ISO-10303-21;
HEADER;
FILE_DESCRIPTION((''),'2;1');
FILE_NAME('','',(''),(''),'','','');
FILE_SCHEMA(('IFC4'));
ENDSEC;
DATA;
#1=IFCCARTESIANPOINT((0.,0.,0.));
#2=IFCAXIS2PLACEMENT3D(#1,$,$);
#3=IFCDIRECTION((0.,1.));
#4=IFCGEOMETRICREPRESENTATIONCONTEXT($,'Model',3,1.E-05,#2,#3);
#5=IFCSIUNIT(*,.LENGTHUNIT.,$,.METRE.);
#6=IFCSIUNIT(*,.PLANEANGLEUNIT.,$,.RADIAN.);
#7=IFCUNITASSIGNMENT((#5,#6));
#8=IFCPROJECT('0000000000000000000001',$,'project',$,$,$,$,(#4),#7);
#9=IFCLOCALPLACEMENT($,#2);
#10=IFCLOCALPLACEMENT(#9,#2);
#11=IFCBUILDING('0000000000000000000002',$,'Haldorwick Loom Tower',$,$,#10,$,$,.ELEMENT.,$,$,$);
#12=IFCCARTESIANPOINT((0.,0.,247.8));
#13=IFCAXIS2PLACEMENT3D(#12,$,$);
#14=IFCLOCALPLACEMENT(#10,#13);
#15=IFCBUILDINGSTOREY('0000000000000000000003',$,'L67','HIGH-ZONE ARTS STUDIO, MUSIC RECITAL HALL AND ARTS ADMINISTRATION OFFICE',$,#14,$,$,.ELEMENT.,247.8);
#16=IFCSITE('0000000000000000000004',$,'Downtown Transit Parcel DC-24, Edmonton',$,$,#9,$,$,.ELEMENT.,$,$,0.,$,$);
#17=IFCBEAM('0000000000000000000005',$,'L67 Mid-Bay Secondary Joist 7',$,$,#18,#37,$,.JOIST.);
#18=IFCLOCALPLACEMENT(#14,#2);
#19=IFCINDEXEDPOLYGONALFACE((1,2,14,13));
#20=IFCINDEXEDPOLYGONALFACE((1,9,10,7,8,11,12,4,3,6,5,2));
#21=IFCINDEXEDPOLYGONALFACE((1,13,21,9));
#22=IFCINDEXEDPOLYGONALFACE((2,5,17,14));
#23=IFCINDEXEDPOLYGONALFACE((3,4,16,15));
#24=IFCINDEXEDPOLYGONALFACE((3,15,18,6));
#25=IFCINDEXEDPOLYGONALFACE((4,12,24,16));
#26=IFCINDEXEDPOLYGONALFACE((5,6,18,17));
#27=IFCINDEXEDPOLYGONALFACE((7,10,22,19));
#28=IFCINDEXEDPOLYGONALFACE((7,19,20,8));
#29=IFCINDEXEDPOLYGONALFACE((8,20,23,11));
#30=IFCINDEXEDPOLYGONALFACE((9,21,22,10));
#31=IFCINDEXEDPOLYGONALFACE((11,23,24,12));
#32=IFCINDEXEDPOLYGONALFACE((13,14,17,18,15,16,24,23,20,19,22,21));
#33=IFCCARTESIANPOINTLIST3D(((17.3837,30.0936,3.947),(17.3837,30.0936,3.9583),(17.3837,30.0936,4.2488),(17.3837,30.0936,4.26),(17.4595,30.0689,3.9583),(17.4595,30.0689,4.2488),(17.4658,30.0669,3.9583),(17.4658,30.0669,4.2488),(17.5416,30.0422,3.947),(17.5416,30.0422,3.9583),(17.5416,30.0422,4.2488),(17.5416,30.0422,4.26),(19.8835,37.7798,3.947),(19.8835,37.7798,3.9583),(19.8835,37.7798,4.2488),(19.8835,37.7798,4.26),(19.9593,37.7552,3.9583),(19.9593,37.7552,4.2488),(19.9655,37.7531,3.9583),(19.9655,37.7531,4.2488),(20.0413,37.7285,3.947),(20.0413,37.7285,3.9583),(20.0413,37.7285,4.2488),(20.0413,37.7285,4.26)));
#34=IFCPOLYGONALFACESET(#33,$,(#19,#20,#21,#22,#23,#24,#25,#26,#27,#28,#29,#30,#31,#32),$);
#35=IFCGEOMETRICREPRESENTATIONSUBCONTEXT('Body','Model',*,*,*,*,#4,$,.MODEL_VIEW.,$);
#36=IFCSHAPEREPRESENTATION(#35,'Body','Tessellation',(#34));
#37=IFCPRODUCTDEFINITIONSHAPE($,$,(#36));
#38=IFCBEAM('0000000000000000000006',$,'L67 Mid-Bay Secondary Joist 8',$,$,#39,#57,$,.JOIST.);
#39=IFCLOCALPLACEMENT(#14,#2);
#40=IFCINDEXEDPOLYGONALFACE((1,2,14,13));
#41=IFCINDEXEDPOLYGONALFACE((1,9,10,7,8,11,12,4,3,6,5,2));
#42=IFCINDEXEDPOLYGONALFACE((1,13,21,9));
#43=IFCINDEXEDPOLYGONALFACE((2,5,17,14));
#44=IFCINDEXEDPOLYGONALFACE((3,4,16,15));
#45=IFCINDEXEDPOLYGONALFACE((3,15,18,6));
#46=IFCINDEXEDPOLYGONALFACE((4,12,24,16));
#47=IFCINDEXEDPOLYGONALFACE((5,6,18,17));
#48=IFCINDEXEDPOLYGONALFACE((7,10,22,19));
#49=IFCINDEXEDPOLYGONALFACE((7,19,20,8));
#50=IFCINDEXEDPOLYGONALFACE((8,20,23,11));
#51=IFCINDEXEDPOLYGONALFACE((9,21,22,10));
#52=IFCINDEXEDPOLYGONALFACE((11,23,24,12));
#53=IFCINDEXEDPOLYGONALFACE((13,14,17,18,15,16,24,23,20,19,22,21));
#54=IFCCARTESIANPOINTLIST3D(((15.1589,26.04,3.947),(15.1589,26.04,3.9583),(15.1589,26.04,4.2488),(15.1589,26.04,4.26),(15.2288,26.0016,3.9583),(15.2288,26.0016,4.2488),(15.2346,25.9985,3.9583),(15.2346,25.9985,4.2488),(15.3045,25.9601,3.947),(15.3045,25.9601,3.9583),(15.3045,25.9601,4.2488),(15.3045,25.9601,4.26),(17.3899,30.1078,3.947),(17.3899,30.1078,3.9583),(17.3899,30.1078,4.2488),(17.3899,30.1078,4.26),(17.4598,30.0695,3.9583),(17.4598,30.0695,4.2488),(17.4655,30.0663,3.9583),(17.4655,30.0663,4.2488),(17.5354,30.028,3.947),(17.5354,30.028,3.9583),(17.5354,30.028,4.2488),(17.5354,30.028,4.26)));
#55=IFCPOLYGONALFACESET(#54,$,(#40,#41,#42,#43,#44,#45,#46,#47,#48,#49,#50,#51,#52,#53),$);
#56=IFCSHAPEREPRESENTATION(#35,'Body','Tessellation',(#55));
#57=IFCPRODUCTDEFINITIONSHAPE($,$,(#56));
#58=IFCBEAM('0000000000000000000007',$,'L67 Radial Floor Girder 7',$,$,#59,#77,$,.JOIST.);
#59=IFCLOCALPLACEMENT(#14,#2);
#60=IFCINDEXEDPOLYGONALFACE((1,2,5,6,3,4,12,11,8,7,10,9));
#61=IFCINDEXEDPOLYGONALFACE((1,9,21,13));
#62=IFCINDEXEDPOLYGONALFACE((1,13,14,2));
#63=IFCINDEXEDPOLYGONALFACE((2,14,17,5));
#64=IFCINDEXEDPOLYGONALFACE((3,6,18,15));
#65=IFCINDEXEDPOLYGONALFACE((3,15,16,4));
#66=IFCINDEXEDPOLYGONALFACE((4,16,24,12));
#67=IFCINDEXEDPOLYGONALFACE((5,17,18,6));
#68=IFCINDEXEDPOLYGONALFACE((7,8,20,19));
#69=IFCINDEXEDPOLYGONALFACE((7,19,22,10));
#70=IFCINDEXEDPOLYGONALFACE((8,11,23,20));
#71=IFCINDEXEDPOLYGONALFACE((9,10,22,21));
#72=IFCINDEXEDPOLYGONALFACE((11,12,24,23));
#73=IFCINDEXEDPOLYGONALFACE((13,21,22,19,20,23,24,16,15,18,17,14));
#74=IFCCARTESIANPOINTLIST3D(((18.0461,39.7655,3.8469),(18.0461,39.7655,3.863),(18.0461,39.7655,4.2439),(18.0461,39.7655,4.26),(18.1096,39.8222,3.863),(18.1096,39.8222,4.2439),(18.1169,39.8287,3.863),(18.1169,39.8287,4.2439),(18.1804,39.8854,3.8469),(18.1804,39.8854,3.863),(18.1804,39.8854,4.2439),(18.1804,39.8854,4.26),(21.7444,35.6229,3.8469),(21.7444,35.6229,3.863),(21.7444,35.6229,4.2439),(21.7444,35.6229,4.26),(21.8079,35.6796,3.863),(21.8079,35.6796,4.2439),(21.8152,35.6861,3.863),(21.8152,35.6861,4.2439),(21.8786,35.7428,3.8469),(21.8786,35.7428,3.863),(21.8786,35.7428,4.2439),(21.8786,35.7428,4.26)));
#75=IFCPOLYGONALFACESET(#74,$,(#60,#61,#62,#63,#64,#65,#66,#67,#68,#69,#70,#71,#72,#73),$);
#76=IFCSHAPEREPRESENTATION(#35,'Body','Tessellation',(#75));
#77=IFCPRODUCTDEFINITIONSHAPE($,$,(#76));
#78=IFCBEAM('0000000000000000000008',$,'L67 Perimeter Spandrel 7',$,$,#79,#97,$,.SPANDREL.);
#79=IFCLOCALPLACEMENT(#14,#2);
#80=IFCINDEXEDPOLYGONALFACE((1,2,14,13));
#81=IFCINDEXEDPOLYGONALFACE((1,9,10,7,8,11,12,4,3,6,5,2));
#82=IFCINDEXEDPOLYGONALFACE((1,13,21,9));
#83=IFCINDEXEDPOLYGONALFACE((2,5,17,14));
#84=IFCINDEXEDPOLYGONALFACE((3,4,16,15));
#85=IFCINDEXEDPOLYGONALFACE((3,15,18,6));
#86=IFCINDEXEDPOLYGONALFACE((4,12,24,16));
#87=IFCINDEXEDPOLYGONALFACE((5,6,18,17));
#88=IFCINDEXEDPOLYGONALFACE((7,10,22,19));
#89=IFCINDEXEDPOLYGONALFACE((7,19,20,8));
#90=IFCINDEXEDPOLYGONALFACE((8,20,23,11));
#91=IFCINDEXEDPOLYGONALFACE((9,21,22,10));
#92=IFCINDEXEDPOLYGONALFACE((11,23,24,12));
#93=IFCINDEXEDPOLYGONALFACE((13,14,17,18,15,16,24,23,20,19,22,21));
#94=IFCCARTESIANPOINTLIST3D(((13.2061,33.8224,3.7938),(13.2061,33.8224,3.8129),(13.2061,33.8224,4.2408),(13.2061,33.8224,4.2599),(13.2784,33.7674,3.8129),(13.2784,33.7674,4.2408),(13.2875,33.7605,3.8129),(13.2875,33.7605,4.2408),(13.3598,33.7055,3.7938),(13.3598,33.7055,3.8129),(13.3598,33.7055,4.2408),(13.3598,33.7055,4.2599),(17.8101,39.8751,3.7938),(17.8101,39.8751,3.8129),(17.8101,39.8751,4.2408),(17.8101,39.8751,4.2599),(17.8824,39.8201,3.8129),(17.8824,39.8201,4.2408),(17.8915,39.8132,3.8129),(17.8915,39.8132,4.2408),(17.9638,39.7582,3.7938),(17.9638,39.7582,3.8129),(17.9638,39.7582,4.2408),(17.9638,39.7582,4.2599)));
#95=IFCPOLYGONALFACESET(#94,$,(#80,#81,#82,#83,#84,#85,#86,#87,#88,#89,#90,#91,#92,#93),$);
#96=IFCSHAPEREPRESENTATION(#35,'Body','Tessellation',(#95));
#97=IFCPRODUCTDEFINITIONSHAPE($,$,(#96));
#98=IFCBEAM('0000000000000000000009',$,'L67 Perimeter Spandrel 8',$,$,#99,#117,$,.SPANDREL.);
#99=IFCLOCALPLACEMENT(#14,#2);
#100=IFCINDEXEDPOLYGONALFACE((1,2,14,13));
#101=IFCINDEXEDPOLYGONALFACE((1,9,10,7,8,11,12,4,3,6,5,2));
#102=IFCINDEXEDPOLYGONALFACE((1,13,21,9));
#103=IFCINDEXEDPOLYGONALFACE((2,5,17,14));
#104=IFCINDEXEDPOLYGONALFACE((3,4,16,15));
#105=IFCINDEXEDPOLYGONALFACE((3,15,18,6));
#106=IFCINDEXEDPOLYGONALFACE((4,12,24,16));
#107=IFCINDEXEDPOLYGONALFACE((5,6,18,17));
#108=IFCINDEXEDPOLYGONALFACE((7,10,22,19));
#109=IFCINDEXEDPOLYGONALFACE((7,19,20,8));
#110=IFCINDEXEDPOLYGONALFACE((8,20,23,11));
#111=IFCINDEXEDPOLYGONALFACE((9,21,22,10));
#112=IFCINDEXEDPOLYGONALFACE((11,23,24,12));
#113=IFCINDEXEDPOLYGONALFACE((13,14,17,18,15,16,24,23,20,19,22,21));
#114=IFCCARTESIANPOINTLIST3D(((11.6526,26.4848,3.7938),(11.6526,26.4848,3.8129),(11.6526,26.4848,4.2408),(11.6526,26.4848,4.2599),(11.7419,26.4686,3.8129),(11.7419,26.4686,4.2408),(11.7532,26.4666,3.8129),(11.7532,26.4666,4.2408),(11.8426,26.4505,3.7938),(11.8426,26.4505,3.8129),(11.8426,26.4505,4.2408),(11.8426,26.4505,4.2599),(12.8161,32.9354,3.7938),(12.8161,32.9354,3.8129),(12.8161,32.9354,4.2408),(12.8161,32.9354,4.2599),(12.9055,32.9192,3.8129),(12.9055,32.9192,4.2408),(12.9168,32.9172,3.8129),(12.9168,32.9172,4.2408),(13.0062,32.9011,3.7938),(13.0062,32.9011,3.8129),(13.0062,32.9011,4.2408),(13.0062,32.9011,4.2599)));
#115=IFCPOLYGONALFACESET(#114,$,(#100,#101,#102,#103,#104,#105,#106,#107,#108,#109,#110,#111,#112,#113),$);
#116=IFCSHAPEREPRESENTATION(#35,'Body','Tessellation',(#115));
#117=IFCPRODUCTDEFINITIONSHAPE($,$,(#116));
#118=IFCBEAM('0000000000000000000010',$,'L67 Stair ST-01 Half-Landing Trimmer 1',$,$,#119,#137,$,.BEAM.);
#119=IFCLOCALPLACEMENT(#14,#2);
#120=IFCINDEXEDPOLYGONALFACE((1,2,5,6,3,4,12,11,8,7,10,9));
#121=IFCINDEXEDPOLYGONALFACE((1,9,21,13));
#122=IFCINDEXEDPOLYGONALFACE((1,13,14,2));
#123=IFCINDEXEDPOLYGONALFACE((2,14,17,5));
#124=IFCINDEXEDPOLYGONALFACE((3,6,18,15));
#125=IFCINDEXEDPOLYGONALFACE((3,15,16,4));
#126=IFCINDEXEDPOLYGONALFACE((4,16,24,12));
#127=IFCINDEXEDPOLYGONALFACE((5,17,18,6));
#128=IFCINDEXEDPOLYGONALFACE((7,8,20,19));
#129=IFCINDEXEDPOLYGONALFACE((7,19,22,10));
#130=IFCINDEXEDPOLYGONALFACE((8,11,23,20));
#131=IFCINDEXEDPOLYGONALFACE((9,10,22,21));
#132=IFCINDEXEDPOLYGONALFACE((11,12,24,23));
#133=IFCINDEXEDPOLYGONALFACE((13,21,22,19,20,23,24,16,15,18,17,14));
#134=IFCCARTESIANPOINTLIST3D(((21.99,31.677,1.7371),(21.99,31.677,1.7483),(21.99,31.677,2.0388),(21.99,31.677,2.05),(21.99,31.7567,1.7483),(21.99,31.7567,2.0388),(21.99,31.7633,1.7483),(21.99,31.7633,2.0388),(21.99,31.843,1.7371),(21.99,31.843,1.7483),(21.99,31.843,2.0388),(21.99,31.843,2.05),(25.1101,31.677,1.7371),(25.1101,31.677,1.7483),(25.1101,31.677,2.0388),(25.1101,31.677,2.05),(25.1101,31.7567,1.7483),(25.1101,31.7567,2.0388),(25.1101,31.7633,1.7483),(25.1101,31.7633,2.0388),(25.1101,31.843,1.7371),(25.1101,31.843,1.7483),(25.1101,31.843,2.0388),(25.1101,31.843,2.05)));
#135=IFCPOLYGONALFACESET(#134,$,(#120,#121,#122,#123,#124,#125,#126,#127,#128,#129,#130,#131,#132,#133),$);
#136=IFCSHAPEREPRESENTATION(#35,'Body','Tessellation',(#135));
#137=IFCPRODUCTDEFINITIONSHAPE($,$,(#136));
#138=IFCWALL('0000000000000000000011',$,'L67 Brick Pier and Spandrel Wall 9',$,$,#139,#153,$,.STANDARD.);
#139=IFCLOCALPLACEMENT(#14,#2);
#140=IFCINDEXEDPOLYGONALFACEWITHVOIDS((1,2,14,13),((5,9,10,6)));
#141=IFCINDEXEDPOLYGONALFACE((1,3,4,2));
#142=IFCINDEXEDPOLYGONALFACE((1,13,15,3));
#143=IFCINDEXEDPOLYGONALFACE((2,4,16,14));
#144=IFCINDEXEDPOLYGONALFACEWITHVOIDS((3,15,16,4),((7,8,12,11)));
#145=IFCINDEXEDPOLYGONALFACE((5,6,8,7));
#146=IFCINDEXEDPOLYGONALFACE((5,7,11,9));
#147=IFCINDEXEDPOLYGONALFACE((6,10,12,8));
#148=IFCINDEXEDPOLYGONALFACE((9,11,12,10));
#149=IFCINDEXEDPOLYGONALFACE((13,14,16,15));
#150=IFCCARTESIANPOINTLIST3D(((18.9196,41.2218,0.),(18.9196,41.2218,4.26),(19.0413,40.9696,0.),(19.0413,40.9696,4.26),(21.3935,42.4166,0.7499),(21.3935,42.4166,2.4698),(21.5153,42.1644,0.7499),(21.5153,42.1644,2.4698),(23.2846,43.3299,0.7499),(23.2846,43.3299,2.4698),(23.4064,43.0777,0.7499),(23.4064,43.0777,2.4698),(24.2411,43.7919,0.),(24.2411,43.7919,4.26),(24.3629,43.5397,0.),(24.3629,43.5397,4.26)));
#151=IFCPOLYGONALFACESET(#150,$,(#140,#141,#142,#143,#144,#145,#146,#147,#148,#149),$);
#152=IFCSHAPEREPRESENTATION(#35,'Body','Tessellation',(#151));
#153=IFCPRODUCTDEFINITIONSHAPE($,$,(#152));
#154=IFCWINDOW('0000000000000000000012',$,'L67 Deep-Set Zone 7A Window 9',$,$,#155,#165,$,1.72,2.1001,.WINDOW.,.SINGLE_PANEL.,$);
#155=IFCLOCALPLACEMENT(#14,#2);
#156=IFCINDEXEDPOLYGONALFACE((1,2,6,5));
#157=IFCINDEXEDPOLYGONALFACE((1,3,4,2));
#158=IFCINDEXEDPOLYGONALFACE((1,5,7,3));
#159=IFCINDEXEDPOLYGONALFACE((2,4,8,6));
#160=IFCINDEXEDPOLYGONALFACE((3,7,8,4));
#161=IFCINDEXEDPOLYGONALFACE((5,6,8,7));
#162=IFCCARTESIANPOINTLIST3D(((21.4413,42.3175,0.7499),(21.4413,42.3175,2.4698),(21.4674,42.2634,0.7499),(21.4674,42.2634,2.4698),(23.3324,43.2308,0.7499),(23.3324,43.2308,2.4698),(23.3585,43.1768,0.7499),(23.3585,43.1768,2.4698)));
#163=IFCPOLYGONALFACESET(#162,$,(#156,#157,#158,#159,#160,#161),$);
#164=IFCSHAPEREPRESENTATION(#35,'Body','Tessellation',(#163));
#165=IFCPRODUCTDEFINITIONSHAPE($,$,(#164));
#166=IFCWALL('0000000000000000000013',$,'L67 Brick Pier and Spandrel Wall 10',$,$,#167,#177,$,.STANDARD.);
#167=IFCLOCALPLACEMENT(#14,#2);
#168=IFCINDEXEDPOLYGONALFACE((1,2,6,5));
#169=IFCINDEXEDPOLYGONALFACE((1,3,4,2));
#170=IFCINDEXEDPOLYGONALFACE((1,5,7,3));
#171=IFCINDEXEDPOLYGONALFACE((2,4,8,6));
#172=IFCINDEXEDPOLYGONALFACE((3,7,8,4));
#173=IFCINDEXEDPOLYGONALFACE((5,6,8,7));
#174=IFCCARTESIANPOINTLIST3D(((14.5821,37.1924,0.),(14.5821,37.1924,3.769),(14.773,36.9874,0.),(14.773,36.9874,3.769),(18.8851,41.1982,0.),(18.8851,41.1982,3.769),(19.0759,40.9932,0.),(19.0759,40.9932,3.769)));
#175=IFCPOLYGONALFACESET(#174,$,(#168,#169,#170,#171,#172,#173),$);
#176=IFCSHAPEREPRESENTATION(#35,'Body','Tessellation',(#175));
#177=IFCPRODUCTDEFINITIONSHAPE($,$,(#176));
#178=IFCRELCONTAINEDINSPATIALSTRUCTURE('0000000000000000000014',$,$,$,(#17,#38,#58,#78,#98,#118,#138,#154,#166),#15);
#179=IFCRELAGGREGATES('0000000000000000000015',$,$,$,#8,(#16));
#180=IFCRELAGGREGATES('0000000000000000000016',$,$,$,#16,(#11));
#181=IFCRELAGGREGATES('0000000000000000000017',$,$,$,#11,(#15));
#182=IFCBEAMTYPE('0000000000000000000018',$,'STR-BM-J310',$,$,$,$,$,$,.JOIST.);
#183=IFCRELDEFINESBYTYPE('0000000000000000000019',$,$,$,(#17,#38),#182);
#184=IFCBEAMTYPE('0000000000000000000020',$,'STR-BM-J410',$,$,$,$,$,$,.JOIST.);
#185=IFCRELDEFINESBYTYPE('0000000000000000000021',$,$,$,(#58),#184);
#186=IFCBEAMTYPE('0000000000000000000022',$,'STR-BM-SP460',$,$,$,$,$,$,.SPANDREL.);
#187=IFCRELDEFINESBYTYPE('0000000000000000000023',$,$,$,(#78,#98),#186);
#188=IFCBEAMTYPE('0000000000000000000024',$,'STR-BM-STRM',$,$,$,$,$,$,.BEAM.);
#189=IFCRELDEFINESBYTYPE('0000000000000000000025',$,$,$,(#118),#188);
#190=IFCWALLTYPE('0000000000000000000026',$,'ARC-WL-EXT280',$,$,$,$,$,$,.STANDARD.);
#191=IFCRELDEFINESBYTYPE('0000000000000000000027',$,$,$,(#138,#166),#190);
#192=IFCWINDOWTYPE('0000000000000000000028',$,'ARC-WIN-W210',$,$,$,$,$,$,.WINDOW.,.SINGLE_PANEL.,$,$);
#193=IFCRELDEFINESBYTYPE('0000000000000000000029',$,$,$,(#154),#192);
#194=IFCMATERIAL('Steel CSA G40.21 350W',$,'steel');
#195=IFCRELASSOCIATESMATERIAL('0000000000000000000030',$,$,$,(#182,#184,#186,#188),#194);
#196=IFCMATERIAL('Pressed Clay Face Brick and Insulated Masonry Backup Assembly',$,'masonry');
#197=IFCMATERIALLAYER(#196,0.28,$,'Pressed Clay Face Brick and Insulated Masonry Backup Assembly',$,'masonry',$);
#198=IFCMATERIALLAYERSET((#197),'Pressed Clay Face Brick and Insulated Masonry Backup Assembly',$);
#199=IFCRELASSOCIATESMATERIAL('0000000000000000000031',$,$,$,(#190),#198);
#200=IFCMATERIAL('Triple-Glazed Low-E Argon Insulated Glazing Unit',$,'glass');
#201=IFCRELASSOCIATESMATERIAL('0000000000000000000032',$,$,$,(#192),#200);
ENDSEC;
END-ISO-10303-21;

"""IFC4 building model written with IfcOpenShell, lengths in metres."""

from ifc_helpers import new_model, si_unit, direction, frame, frame_2d, origin, origin_2d, place, context, subcontext, project, spatial, rectangle, i_section, extrude, material, layer, layer_set, material_profile, profile_set, type_object, element, fill, save


model = new_model("IFC4")

# Units and contexts
model_context = context("Model", 3, precision=1e-05, world=origin(), true_north=direction((0.0, 1.0)))
body_context = subcontext(model_context, "Body", "Model", "MODEL_VIEW")
ifc_project = project(units=[si_unit("LENGTHUNIT", "METRE"), si_unit("PLANEANGLEUNIT", "RADIAN")], contexts=[model_context])

# Site, building, storey
site_placement = place(None, origin())
site = spatial("IfcSite", under=ifc_project, at=site_placement, Name="Downtown Transit Parcel DC-24, Edmonton", CompositionType="ELEMENT", RefElevation=0.0)
building_placement = place(site_placement, origin())
building = spatial("IfcBuilding", under=site, at=building_placement, Name="Haldorwick Loom Tower", CompositionType="ELEMENT")
storey_placement = place(building_placement, frame((0.0, 0.0, 247.8)))
storey = spatial("IfcBuildingStorey", under=building, at=storey_placement, Name="L67", Description="HIGH-ZONE ARTS STUDIO, MUSIC RECITAL HALL AND ARTS ADMINISTRATION OFFICE", CompositionType="ELEMENT", Elevation=247.8)

# Shared definitions
ifc_material_1 = material(Name="Steel CSA G40.21 350W", Category="steel")

# Beams
ifc_material_profile_1 = material_profile(ifc_material_1, i_section(OverallWidth=0.166, OverallDepth=0.313, WebThickness=0.0066, FlangeThickness=0.0112, at=origin_2d()), Name="W310X45", Category="steel")
ifc_profile_set_1 = profile_set([ifc_material_profile_1], Name="Steel CSA G40.21 350W")
beam_type_1 = type_object("IfcBeamType", Name="STR-BM-J310", PredefinedType="JOIST", material=ifc_profile_set_1)
beam_1_placement = place(storey_placement, frame((19.9624, 37.7542, 4.1035), z_axis=(-0.309278, -0.950972, 0.0), x_axis=(0.950972, -0.309278, 0.0)))
element("IfcBeam", 1, at=beam_1_placement, inside=storey, type_object=beam_type_1, Name="L67 Mid-Bay Secondary Joist 7", PredefinedType="JOIST", context=body_context, shape_type="SweptSolid", body=[
    extrude(i_section(OverallWidth=0.166, OverallDepth=0.313, WebThickness=0.0066, FlangeThickness=0.0112, at=origin_2d()), origin(), (0.0, 0.0, 1.0), 8.0825),
])
beam_2_placement = place(storey_placement, frame((17.4626, 30.0679, 4.1035), z_axis=(-0.480864, -0.876795, 0.0), x_axis=(0.876795, -0.480864, 0.0)))
element("IfcBeam", 2, at=beam_2_placement, inside=storey, type_object=beam_type_1, Name="L67 Mid-Bay Secondary Joist 8", PredefinedType="JOIST", context=body_context, shape_type="SweptSolid", body=[
    extrude(i_section(OverallWidth=0.166, OverallDepth=0.313, WebThickness=0.0066, FlangeThickness=0.0112, at=origin_2d()), origin(), (0.0, 0.0, 1.0), 4.6394),
])
ifc_material_profile_2 = material_profile(ifc_material_1, i_section(OverallWidth=0.1799, OverallDepth=0.4131, WebThickness=0.0098, FlangeThickness=0.0161, at=origin_2d()), Name="W410X74", Category="steel")
ifc_profile_set_2 = profile_set([ifc_material_profile_2], Name="Steel CSA G40.21 350W")
beam_type_2 = type_object("IfcBeamType", Name="STR-BM-J410", PredefinedType="JOIST", material=ifc_profile_set_2)
beam_3_placement = place(storey_placement, frame((21.8115, 35.6829, 4.0535), z_axis=(-0.665967, 0.745981, 0.0), x_axis=(-0.745981, -0.665967, 0.0)))
element("IfcBeam", 3, at=beam_3_placement, inside=storey, type_object=beam_type_2, Name="L67 Radial Floor Girder 7", PredefinedType="JOIST", context=body_context, shape_type="SweptSolid", body=[
    extrude(i_section(OverallWidth=0.1799, OverallDepth=0.4131, WebThickness=0.0098, FlangeThickness=0.0161, at=origin_2d()), origin(), (0.0, 0.0, 1.0), 5.5532),
])
ifc_material_profile_3 = material_profile(ifc_material_1, i_section(OverallWidth=0.1931, OverallDepth=0.4661, WebThickness=0.0115, FlangeThickness=0.019, at=origin_2d()), Name="W460X97", Category="steel")
ifc_profile_set_3 = profile_set([ifc_material_profile_3], Name="Steel CSA G40.21 350W")
beam_type_3 = type_object("IfcBeamType", Name="STR-BM-SP460", PredefinedType="SPANDREL", material=ifc_profile_set_3)
beam_4_placement = place(storey_placement, frame((17.887, 39.8167, 4.0269), z_axis=(-0.60541, -0.795913, 0.0), x_axis=(0.795913, -0.60541, 0.0)))
element("IfcBeam", 4, at=beam_4_placement, inside=storey, type_object=beam_type_3, Name="L67 Perimeter Spandrel 7", PredefinedType="SPANDREL", context=body_context, shape_type="SweptSolid", body=[
    extrude(i_section(OverallWidth=0.1931, OverallDepth=0.4661, WebThickness=0.0115, FlangeThickness=0.019, at=origin_2d()), origin(), (0.0, 0.0, 1.0), 7.6047),
])
beam_5_placement = place(storey_placement, frame((12.9111, 32.9182, 4.0269), z_axis=(-0.177515, -0.984118, 0.0), x_axis=(0.984118, -0.177515, 0.0)))
element("IfcBeam", 5, at=beam_5_placement, inside=storey, type_object=beam_type_3, Name="L67 Perimeter Spandrel 8", PredefinedType="SPANDREL", context=body_context, shape_type="SweptSolid", body=[
    extrude(i_section(OverallWidth=0.1931, OverallDepth=0.4661, WebThickness=0.0115, FlangeThickness=0.019, at=origin_2d()), origin(), (0.0, 0.0, 1.0), 6.5547),
])
ifc_material_profile_4 = material_profile(ifc_material_1, i_section(OverallWidth=0.166, OverallDepth=0.313, WebThickness=0.0066, FlangeThickness=0.0112, at=origin_2d()), Name="W310X45", Category="steel")
ifc_profile_set_4 = profile_set([ifc_material_profile_4], Name="Steel CSA G40.21 350W")
beam_type_4 = type_object("IfcBeamType", Name="STR-BM-STRM", PredefinedType="BEAM", material=ifc_profile_set_4)
beam_6_placement = place(storey_placement, frame((21.99, 31.76, 1.8936), z_axis=(1.0, 0.0, 0.0), x_axis=(0.0, 1.0, 0.0)))
element("IfcBeam", 6, at=beam_6_placement, inside=storey, type_object=beam_type_4, Name="L67 Stair ST-01 Half-Landing Trimmer 1", PredefinedType="BEAM", context=body_context, shape_type="SweptSolid", body=[
    extrude(i_section(OverallWidth=0.166, OverallDepth=0.313, WebThickness=0.0066, FlangeThickness=0.0112, at=origin_2d()), origin(), (0.0, 0.0, 1.0), 3.1201),
])

# Wall, opening, window
ifc_material_2 = material(Name="Pressed Clay Face Brick and Insulated Masonry Backup Assembly", Category="masonry")
ifc_layer_1 = layer(ifc_material_2, 0.28, Name="Pressed Clay Face Brick and Insulated Masonry Backup Assembly", Category="masonry")
ifc_layer_set_1 = layer_set([ifc_layer_1], Name="Pressed Clay Face Brick and Insulated Masonry Backup Assembly")
wall_type_1 = type_object("IfcWallType", Name="ARC-WL-EXT280", PredefinedType="STANDARD", material=ifc_layer_set_1)
wall_1_placement = place(storey_placement, frame((24.302, 43.6658, 0.0), z_axis=(0.0, 0.0, 1.0), x_axis=(-0.900482, -0.434893, 0.0)))
wall_1 = element("IfcWall", 7, at=wall_1_placement, inside=storey, type_object=wall_type_1, Name="L67 Brick Pier and Spandrel Wall 9", PredefinedType="STANDARD", context=body_context, shape_type="SweptSolid", body=[
    extrude(rectangle(XDim=5.9097, YDim=0.28, at=frame_2d((2.9548, 0.0))), origin(), (0.0, 0.0, 1.0), 4.26),
])
opening_1_placement = place(wall_1_placement, frame((1.0623, 0.0, 0.75)))
opening_1 = element("IfcOpeningElement", 8, at=opening_1_placement, cuts=wall_1, PredefinedType="OPENING", context=body_context, shape_type="SweptSolid", body=[
    extrude(rectangle(XDim=2.1001, YDim=1.72, at=frame_2d((1.05, 0.8599))), frame((0.0, 0.1499, 0.0), z_axis=(0.0, -1.0, 0.0), x_axis=(1.0, 0.0, 0.0)), (0.0, 0.0, 1.0), 0.3),
])
ifc_material_3 = material(Name="Triple-Glazed Low-E Argon Insulated Glazing Unit", Category="glass")
window_type = type_object("IfcWindowType", Name="ARC-WIN-W210", PartitioningType="SINGLE_PANEL", PredefinedType="WINDOW", material=ifc_material_3)
window_placement = place(opening_1_placement, origin())
window = element("IfcWindow", 9, at=window_placement, inside=storey, type_object=window_type, Name="L67 Deep-Set Zone 7A Window 9", OverallHeight=1.72, OverallWidth=2.1001, PartitioningType="SINGLE_PANEL", PredefinedType="WINDOW", context=body_context, shape_type="SweptSolid", body=[
    extrude(rectangle(XDim=2.1001, YDim=1.72, at=frame_2d((1.05, 0.8599))), frame((0.0, 0.03, 0.0), z_axis=(0.0, -1.0, 0.0), x_axis=(1.0, 0.0, 0.0)), (0.0, 0.0, 1.0), 0.0601),
])
fill(opening_1, window)

# Wall
wall_2_placement = place(storey_placement, frame((18.9805, 41.0957, 0.0), z_axis=(0.0, 0.0, 1.0), x_axis=(-0.731925, -0.681386, 0.0)))
element("IfcWall", 10, at=wall_2_placement, inside=storey, type_object=wall_type_1, Name="L67 Brick Pier and Spandrel Wall 10", PredefinedType="STANDARD", context=body_context, shape_type="SweptSolid", body=[
    extrude(rectangle(XDim=5.8789, YDim=0.28, at=frame_2d((2.9395, 0.0))), origin(), (0.0, 0.0, 1.0), 3.769),
])

save(model, "model.ifc")
